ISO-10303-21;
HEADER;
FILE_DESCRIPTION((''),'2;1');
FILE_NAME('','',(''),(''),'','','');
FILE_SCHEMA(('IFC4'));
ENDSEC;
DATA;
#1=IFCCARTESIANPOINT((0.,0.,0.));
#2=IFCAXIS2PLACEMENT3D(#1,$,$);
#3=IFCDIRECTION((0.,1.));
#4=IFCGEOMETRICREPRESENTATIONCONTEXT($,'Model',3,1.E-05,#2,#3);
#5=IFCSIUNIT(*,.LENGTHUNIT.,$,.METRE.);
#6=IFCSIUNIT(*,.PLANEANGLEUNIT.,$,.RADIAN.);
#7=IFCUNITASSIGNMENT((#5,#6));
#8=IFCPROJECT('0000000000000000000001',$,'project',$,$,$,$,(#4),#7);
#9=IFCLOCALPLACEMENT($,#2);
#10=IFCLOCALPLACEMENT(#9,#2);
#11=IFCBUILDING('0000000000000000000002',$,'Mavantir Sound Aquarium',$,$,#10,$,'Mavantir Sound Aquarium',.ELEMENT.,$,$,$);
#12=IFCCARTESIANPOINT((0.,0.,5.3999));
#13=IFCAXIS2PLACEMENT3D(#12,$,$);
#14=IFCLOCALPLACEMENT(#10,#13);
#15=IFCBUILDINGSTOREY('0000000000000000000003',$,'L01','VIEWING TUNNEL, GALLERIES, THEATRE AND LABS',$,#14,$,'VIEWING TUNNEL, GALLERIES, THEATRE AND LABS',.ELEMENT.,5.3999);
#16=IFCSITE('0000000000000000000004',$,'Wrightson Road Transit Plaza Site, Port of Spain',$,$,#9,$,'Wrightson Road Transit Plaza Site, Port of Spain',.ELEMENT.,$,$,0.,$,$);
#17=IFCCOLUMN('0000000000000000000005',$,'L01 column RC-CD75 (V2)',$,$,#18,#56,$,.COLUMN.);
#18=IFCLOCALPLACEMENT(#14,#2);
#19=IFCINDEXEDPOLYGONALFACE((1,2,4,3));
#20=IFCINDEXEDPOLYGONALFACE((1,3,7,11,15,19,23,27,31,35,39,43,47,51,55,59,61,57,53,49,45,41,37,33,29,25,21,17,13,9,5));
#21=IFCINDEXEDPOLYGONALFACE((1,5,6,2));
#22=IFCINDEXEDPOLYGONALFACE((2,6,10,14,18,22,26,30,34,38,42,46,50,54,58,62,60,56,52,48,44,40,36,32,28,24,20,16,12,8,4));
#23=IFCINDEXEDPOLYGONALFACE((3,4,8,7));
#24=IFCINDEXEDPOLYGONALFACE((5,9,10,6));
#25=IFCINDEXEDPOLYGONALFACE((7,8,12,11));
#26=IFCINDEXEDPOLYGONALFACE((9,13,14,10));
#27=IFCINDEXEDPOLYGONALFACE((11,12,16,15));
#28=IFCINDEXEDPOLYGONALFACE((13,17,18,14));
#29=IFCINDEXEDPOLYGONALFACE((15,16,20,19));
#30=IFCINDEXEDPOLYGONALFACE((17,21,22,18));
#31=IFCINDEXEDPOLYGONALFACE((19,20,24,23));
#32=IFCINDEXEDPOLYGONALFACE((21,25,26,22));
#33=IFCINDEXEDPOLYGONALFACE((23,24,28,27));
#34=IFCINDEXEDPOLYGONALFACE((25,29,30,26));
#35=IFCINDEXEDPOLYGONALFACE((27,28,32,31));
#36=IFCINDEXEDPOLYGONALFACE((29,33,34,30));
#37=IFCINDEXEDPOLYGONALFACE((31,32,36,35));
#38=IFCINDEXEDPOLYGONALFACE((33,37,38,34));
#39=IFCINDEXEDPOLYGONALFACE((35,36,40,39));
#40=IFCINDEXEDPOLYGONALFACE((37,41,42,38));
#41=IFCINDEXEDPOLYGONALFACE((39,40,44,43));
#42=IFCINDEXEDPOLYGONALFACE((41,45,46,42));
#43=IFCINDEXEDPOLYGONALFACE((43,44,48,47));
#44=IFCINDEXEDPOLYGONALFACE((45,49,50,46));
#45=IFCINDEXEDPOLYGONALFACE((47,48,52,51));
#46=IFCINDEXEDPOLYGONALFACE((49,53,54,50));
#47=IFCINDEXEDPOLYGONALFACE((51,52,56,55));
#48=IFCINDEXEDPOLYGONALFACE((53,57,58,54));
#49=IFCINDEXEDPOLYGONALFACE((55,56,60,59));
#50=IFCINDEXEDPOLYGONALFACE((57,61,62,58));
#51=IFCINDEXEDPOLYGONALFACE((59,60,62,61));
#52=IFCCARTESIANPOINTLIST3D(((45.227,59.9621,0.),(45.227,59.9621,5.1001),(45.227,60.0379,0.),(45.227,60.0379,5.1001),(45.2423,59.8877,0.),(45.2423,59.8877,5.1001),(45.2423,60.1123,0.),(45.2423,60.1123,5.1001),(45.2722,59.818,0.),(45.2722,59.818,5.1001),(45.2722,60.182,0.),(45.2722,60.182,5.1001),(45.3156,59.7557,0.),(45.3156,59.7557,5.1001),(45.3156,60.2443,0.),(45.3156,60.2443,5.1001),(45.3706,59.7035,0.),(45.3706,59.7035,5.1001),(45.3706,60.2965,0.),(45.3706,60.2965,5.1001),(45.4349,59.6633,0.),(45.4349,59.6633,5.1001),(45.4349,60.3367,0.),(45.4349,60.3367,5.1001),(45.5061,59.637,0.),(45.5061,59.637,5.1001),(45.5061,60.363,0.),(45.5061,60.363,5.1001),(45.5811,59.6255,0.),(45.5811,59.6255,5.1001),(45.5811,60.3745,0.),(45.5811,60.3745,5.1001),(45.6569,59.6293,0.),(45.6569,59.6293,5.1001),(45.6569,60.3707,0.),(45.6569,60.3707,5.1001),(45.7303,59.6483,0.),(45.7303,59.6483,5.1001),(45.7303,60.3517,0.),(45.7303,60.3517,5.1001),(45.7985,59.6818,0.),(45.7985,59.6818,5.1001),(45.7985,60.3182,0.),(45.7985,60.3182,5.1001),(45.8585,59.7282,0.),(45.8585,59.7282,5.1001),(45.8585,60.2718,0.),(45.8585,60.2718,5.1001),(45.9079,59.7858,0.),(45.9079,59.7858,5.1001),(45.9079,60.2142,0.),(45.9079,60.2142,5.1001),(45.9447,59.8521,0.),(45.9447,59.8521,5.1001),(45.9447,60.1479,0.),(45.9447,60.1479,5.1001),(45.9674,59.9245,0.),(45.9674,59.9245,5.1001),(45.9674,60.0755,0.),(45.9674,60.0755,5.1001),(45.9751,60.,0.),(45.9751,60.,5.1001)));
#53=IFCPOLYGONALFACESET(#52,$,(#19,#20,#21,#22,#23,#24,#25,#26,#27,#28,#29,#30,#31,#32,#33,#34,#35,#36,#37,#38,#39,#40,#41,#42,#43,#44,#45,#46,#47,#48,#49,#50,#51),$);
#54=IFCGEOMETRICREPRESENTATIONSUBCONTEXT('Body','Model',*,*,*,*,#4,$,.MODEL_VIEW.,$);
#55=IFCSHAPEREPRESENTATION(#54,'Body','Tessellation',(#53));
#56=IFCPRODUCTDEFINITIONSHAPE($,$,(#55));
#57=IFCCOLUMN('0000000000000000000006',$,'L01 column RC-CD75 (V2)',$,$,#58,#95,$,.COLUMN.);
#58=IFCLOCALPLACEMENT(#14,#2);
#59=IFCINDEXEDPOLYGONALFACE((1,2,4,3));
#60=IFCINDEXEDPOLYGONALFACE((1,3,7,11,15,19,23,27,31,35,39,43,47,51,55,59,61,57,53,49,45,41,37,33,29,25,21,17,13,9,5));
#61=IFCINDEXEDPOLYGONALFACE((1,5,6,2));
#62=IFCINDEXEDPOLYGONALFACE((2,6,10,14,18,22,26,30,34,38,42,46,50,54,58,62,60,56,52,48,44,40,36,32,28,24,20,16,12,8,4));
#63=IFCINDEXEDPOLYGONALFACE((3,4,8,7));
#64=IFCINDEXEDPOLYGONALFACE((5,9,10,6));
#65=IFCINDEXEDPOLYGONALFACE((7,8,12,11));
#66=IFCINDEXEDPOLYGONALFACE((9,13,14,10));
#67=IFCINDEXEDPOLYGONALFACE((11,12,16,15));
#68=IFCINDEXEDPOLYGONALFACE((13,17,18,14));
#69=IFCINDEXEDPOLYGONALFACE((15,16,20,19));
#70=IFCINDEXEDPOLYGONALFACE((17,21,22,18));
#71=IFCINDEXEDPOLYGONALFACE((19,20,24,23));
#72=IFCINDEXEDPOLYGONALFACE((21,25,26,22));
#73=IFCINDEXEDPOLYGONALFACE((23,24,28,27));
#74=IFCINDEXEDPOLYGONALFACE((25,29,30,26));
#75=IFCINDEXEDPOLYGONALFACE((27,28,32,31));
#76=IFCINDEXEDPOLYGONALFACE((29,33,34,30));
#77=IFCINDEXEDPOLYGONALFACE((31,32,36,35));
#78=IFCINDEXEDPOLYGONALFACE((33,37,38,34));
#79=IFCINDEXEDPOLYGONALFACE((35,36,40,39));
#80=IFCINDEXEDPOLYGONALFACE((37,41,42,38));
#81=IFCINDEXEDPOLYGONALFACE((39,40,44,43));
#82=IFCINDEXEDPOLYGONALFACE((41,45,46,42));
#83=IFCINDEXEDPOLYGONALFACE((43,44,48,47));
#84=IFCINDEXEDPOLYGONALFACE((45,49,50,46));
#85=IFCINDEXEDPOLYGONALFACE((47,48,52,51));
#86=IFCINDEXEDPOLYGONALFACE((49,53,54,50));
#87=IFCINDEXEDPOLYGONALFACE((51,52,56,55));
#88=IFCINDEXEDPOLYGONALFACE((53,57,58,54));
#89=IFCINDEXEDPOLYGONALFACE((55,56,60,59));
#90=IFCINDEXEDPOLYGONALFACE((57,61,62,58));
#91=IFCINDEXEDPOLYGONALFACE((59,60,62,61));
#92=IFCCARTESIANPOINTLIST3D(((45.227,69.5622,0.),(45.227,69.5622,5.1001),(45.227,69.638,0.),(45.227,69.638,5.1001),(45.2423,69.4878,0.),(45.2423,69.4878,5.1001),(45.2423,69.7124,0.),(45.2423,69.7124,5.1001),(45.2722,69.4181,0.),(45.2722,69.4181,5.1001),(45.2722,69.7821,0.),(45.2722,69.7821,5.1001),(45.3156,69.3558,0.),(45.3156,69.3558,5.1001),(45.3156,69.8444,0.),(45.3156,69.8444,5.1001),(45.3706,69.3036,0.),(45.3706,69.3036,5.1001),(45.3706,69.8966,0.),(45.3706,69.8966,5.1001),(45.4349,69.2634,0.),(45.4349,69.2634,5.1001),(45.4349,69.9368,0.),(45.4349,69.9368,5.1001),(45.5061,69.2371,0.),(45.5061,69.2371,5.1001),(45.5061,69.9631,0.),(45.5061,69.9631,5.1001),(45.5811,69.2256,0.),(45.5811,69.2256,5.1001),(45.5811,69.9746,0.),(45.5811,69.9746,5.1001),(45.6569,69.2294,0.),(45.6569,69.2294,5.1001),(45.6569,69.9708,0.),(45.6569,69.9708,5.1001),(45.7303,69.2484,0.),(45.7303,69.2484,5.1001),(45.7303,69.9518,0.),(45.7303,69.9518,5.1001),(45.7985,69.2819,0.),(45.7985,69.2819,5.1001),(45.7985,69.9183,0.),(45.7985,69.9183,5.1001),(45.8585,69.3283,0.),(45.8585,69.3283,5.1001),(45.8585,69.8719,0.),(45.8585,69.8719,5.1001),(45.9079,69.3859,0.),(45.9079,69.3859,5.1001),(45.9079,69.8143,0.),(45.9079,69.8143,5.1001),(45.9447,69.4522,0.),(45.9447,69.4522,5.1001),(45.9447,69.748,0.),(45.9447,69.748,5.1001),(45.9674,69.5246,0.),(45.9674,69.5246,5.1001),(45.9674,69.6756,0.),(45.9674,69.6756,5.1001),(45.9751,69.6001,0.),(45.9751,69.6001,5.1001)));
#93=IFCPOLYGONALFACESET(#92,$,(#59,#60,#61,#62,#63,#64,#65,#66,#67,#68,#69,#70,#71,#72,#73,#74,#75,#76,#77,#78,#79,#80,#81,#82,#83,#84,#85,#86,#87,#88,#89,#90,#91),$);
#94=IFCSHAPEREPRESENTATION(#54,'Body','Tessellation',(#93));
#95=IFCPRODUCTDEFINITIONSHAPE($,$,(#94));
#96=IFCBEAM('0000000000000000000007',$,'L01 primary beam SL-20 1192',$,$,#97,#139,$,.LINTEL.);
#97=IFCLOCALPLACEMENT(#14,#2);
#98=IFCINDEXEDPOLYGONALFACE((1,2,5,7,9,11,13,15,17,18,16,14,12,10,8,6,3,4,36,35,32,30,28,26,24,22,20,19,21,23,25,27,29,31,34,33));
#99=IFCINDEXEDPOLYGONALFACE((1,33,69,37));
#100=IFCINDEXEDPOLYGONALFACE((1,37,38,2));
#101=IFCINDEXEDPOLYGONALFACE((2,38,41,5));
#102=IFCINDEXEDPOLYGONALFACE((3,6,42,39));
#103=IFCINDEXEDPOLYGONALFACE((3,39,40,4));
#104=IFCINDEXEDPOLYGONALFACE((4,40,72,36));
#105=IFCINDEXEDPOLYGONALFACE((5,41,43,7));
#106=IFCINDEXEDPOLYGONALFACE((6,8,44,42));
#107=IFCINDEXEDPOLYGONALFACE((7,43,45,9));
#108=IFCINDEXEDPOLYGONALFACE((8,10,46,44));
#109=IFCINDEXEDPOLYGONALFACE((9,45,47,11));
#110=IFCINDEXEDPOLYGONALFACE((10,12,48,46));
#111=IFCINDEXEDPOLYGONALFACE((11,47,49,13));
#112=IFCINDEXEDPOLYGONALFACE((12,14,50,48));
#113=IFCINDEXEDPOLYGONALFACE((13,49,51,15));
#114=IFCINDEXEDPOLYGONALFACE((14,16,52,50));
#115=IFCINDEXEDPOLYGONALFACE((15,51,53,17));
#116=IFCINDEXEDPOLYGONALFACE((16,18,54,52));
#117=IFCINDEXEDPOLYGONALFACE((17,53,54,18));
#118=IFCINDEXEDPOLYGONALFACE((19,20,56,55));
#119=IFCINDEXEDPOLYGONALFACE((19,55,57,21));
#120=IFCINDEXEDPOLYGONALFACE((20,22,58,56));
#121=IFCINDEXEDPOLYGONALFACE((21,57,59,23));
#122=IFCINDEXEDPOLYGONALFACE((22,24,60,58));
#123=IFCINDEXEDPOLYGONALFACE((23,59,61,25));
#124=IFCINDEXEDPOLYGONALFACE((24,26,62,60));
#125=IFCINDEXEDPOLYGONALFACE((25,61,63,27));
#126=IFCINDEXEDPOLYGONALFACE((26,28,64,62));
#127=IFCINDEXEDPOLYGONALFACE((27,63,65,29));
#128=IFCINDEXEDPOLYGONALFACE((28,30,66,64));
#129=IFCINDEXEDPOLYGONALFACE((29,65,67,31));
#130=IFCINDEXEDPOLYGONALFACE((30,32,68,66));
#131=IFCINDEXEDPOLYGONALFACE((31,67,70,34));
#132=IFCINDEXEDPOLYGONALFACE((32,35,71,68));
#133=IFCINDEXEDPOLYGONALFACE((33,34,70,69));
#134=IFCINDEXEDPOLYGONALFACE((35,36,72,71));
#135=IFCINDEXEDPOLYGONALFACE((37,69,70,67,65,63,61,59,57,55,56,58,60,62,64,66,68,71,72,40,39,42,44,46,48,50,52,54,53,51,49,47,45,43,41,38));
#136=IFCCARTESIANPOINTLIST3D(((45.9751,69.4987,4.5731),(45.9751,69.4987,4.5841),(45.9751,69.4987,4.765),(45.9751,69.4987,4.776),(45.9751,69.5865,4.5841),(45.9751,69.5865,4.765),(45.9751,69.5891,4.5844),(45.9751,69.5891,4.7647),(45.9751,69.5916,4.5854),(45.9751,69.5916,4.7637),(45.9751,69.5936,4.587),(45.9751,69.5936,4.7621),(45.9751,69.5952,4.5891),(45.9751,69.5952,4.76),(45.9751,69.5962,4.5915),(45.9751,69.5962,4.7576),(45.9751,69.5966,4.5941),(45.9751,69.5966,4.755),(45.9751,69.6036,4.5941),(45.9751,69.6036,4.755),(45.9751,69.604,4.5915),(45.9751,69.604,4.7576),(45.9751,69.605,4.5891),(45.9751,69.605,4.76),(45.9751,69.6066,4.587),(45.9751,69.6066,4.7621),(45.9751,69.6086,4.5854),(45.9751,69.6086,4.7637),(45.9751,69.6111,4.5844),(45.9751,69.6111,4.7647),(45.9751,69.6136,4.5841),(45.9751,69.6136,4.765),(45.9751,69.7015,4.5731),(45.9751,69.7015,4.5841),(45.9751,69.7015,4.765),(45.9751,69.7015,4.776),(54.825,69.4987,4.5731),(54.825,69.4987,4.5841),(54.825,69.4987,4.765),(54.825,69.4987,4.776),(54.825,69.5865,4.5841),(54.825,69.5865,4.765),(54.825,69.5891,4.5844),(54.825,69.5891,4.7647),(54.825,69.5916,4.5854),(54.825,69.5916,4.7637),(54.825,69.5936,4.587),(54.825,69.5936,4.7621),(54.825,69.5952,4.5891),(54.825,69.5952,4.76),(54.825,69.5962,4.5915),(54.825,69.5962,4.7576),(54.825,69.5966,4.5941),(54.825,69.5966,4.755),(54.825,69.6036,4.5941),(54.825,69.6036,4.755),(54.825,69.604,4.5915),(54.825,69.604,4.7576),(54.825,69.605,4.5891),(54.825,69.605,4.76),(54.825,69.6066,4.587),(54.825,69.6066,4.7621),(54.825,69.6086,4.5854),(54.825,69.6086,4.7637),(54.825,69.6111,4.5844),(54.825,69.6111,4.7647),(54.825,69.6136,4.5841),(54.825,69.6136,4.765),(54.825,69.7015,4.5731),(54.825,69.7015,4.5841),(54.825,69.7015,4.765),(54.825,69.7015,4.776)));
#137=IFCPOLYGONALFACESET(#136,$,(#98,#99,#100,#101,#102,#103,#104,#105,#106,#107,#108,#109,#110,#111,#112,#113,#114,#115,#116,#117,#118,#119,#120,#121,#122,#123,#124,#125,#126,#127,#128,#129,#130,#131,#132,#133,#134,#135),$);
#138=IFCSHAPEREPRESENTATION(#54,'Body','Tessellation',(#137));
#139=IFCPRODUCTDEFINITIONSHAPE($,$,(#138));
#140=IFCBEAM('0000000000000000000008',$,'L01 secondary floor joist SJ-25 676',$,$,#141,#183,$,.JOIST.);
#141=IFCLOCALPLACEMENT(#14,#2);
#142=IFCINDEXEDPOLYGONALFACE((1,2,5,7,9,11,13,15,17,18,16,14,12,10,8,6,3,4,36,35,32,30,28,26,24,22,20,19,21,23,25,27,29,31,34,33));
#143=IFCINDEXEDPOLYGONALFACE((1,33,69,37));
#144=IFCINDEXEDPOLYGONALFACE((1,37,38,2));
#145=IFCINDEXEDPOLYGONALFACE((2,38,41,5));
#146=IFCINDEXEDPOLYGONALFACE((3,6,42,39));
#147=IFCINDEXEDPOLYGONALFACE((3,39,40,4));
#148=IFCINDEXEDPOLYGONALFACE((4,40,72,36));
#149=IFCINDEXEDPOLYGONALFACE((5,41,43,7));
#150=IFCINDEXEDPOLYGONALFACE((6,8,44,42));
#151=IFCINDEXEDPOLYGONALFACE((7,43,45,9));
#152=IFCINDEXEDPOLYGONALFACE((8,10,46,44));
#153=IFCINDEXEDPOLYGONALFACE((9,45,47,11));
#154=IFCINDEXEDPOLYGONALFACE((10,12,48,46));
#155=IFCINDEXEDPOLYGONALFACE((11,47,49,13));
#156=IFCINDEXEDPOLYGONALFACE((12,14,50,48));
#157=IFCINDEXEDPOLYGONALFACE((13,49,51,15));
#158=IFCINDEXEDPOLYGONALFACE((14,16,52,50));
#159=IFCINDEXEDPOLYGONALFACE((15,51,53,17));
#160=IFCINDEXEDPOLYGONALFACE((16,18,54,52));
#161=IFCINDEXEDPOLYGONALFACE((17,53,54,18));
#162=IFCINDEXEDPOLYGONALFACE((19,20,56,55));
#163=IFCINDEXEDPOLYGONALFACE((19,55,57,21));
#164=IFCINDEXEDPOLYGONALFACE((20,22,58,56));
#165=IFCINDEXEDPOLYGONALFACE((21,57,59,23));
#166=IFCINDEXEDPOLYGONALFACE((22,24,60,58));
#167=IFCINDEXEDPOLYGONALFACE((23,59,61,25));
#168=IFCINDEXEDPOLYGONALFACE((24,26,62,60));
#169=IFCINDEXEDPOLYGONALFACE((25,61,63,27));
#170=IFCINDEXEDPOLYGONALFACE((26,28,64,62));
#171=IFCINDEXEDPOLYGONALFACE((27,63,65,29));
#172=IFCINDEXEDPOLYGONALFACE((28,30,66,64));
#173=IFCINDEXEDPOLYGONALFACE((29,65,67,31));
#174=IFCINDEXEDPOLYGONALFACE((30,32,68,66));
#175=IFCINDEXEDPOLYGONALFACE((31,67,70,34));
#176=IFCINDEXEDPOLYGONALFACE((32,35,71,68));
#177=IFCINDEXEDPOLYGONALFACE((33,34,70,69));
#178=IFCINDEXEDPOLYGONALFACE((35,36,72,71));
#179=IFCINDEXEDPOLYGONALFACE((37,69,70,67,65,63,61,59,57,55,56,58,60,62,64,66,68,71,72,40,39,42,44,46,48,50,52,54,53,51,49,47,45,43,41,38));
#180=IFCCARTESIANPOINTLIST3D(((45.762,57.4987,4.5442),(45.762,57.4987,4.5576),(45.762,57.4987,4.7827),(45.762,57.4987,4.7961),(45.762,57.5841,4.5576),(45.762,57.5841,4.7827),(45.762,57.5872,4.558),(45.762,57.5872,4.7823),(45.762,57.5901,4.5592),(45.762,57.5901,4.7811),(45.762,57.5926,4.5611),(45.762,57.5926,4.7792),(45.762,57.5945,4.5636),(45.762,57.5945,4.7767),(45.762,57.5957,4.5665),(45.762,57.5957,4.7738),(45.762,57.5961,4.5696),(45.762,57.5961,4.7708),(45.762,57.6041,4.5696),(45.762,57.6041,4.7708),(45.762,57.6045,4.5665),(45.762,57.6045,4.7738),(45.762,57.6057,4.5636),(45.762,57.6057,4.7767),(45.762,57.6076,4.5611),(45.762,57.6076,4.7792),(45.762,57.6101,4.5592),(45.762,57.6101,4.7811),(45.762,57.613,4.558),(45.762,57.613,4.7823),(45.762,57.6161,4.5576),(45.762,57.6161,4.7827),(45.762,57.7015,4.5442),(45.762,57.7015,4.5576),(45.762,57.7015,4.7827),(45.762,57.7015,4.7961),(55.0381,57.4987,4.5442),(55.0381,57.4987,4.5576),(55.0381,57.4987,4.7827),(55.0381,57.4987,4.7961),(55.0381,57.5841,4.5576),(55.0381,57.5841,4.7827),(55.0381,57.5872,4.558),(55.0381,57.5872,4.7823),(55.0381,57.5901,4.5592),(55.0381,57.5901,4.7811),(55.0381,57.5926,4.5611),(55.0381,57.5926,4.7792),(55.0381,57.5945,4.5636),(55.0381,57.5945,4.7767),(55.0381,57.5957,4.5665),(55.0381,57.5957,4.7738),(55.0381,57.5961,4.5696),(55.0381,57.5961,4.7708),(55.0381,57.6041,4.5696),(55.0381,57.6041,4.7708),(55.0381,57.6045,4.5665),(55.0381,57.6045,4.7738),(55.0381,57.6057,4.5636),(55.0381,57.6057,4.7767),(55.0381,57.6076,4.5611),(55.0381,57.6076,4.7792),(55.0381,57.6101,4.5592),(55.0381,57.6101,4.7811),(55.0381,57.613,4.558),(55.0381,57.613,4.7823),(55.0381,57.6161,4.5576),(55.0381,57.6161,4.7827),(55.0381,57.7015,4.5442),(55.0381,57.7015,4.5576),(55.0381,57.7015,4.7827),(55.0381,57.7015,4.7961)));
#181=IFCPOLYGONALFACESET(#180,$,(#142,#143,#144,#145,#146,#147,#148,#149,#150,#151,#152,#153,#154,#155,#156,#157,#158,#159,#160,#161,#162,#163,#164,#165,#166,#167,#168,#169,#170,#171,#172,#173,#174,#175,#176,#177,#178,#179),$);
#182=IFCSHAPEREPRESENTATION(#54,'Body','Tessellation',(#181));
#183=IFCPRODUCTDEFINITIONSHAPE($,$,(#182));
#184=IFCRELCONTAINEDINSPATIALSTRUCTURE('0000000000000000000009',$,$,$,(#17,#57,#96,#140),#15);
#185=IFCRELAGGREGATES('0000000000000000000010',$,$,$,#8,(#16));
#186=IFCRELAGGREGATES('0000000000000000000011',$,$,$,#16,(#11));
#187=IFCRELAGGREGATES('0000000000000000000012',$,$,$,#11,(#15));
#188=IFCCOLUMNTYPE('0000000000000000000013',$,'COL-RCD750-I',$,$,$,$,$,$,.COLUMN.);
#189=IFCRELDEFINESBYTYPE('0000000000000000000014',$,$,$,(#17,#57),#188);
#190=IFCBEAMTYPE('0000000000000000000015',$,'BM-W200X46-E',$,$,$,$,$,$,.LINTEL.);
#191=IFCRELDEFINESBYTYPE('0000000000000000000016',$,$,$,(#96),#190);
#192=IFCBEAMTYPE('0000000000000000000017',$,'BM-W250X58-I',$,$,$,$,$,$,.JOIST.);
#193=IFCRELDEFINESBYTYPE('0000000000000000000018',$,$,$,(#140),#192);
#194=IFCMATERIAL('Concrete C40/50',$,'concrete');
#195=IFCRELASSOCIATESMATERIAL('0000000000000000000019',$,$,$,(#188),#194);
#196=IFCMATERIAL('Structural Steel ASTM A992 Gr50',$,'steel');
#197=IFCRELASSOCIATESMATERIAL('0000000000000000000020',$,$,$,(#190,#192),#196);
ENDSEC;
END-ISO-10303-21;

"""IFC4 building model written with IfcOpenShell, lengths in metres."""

from ifc_helpers import new_model, si_unit, direction, frame, origin, origin_2d, place, context, subcontext, project, spatial, circle, i_section, extrude, material, material_profile, profile_set, type_object, element, save


model = new_model("IFC4")

# Units and contexts
model_context = context("Model", 3, precision=1e-05, world=origin(), true_north=direction((0.0, 1.0)))
body_context = subcontext(model_context, "Body", "Model", "MODEL_VIEW")
ifc_project = project(units=[si_unit("LENGTHUNIT", "METRE"), si_unit("PLANEANGLEUNIT", "RADIAN")], contexts=[model_context])

# Site, building, storey
site_placement = place(None, origin())
site = spatial("IfcSite", under=ifc_project, at=site_placement, Name="Wrightson Road Transit Plaza Site, Port of Spain", LongName="Wrightson Road Transit Plaza Site, Port of Spain", CompositionType="ELEMENT", RefElevation=0.0)
building_placement = place(site_placement, origin())
building = spatial("IfcBuilding", under=site, at=building_placement, Name="Mavantir Sound Aquarium", LongName="Mavantir Sound Aquarium", CompositionType="ELEMENT")
storey_placement = place(building_placement, frame((0.0, 0.0, 5.3999)))
storey = spatial("IfcBuildingStorey", under=building, at=storey_placement, Name="L01", Description="VIEWING TUNNEL, GALLERIES, THEATRE AND LABS", LongName="VIEWING TUNNEL, GALLERIES, THEATRE AND LABS", CompositionType="ELEMENT", Elevation=5.3999)

# Columns
ifc_material_1 = material(Name="Concrete C40/50", Category="concrete")
ifc_material_profile_1 = material_profile(ifc_material_1, circle(Radius=0.375, at=origin_2d()), Name="RC D750")
ifc_profile_set_1 = profile_set([ifc_material_profile_1], Name="Concrete C40/50")
column_type = type_object("IfcColumnType", Name="COL-RCD750-I", PredefinedType="COLUMN", material=ifc_profile_set_1)
for number, where, z_axis, x_axis, name in (
    (1, (45.6001, 60.0, 0.0), (0.0, 0.0, 1.0), (1.0, 0.0, 0.0), "L01 column RC-CD75 (V2)"),
    (2, (45.6001, 69.6001, 0.0), (0.0, 0.0, 1.0), (1.0, 0.0, 0.0), "L01 column RC-CD75 (V2)"),
):
    element("IfcColumn", number, at=place(storey_placement, frame(where, z_axis=z_axis, x_axis=x_axis)), inside=storey, type_object=column_type, Name=name, PredefinedType="COLUMN", context=body_context, shape_type="SweptSolid", body=[
        extrude(circle(Radius=0.375, at=origin_2d()), origin(), (0.0, 0.0, 1.0), 5.1001),
    ])

# Beams
ifc_material_2 = material(Name="Structural Steel ASTM A992 Gr50", Category="steel")
ifc_material_profile_2 = material_profile(ifc_material_2, i_section(OverallWidth=0.2029, OverallDepth=0.2029, WebThickness=0.0071, FlangeThickness=0.011, FilletRadius=0.01, at=origin_2d()), Name="W200X46")
ifc_profile_set_2 = profile_set([ifc_material_profile_2], Name="Structural Steel ASTM A992 Gr50")
beam_type_1 = type_object("IfcBeamType", Name="BM-W200X46-E", PredefinedType="LINTEL", material=ifc_profile_set_2)
beam_1_placement = place(storey_placement, frame((45.9751, 69.6001, 4.6746), z_axis=(1.0, 0.0, 0.0), x_axis=(0.0, 1.0, 0.0)))
element("IfcBeam", 3, at=beam_1_placement, inside=storey, type_object=beam_type_1, Name="L01 primary beam SL-20 1192", PredefinedType="LINTEL", context=body_context, shape_type="SweptSolid", body=[
    extrude(i_section(OverallWidth=0.2029, OverallDepth=0.2029, WebThickness=0.0071, FlangeThickness=0.011, FilletRadius=0.01, at=origin_2d()), origin(), (0.0, 0.0, 1.0), 8.8499),
])
ifc_material_profile_3 = material_profile(ifc_material_2, i_section(OverallWidth=0.2029, OverallDepth=0.252, WebThickness=0.0081, FlangeThickness=0.0134, FilletRadius=0.012, at=origin_2d()), Name="W250X58")
ifc_profile_set_3 = profile_set([ifc_material_profile_3], Name="Structural Steel ASTM A992 Gr50")
beam_type_2 = type_object("IfcBeamType", Name="BM-W250X58-I", PredefinedType="JOIST", material=ifc_profile_set_3)
beam_2_placement = place(storey_placement, frame((45.762, 57.6001, 4.6702), z_axis=(1.0, 0.0, 0.0), x_axis=(0.0, 1.0, 0.0)))
element("IfcBeam", 4, at=beam_2_placement, inside=storey, type_object=beam_type_2, Name="L01 secondary floor joist SJ-25 676", PredefinedType="JOIST", context=body_context, shape_type="SweptSolid", body=[
    extrude(i_section(OverallWidth=0.2029, OverallDepth=0.252, WebThickness=0.0081, FlangeThickness=0.0134, FilletRadius=0.012, at=origin_2d()), origin(), (0.0, 0.0, 1.0), 9.2761),
])

save(model, "model.ifc")
